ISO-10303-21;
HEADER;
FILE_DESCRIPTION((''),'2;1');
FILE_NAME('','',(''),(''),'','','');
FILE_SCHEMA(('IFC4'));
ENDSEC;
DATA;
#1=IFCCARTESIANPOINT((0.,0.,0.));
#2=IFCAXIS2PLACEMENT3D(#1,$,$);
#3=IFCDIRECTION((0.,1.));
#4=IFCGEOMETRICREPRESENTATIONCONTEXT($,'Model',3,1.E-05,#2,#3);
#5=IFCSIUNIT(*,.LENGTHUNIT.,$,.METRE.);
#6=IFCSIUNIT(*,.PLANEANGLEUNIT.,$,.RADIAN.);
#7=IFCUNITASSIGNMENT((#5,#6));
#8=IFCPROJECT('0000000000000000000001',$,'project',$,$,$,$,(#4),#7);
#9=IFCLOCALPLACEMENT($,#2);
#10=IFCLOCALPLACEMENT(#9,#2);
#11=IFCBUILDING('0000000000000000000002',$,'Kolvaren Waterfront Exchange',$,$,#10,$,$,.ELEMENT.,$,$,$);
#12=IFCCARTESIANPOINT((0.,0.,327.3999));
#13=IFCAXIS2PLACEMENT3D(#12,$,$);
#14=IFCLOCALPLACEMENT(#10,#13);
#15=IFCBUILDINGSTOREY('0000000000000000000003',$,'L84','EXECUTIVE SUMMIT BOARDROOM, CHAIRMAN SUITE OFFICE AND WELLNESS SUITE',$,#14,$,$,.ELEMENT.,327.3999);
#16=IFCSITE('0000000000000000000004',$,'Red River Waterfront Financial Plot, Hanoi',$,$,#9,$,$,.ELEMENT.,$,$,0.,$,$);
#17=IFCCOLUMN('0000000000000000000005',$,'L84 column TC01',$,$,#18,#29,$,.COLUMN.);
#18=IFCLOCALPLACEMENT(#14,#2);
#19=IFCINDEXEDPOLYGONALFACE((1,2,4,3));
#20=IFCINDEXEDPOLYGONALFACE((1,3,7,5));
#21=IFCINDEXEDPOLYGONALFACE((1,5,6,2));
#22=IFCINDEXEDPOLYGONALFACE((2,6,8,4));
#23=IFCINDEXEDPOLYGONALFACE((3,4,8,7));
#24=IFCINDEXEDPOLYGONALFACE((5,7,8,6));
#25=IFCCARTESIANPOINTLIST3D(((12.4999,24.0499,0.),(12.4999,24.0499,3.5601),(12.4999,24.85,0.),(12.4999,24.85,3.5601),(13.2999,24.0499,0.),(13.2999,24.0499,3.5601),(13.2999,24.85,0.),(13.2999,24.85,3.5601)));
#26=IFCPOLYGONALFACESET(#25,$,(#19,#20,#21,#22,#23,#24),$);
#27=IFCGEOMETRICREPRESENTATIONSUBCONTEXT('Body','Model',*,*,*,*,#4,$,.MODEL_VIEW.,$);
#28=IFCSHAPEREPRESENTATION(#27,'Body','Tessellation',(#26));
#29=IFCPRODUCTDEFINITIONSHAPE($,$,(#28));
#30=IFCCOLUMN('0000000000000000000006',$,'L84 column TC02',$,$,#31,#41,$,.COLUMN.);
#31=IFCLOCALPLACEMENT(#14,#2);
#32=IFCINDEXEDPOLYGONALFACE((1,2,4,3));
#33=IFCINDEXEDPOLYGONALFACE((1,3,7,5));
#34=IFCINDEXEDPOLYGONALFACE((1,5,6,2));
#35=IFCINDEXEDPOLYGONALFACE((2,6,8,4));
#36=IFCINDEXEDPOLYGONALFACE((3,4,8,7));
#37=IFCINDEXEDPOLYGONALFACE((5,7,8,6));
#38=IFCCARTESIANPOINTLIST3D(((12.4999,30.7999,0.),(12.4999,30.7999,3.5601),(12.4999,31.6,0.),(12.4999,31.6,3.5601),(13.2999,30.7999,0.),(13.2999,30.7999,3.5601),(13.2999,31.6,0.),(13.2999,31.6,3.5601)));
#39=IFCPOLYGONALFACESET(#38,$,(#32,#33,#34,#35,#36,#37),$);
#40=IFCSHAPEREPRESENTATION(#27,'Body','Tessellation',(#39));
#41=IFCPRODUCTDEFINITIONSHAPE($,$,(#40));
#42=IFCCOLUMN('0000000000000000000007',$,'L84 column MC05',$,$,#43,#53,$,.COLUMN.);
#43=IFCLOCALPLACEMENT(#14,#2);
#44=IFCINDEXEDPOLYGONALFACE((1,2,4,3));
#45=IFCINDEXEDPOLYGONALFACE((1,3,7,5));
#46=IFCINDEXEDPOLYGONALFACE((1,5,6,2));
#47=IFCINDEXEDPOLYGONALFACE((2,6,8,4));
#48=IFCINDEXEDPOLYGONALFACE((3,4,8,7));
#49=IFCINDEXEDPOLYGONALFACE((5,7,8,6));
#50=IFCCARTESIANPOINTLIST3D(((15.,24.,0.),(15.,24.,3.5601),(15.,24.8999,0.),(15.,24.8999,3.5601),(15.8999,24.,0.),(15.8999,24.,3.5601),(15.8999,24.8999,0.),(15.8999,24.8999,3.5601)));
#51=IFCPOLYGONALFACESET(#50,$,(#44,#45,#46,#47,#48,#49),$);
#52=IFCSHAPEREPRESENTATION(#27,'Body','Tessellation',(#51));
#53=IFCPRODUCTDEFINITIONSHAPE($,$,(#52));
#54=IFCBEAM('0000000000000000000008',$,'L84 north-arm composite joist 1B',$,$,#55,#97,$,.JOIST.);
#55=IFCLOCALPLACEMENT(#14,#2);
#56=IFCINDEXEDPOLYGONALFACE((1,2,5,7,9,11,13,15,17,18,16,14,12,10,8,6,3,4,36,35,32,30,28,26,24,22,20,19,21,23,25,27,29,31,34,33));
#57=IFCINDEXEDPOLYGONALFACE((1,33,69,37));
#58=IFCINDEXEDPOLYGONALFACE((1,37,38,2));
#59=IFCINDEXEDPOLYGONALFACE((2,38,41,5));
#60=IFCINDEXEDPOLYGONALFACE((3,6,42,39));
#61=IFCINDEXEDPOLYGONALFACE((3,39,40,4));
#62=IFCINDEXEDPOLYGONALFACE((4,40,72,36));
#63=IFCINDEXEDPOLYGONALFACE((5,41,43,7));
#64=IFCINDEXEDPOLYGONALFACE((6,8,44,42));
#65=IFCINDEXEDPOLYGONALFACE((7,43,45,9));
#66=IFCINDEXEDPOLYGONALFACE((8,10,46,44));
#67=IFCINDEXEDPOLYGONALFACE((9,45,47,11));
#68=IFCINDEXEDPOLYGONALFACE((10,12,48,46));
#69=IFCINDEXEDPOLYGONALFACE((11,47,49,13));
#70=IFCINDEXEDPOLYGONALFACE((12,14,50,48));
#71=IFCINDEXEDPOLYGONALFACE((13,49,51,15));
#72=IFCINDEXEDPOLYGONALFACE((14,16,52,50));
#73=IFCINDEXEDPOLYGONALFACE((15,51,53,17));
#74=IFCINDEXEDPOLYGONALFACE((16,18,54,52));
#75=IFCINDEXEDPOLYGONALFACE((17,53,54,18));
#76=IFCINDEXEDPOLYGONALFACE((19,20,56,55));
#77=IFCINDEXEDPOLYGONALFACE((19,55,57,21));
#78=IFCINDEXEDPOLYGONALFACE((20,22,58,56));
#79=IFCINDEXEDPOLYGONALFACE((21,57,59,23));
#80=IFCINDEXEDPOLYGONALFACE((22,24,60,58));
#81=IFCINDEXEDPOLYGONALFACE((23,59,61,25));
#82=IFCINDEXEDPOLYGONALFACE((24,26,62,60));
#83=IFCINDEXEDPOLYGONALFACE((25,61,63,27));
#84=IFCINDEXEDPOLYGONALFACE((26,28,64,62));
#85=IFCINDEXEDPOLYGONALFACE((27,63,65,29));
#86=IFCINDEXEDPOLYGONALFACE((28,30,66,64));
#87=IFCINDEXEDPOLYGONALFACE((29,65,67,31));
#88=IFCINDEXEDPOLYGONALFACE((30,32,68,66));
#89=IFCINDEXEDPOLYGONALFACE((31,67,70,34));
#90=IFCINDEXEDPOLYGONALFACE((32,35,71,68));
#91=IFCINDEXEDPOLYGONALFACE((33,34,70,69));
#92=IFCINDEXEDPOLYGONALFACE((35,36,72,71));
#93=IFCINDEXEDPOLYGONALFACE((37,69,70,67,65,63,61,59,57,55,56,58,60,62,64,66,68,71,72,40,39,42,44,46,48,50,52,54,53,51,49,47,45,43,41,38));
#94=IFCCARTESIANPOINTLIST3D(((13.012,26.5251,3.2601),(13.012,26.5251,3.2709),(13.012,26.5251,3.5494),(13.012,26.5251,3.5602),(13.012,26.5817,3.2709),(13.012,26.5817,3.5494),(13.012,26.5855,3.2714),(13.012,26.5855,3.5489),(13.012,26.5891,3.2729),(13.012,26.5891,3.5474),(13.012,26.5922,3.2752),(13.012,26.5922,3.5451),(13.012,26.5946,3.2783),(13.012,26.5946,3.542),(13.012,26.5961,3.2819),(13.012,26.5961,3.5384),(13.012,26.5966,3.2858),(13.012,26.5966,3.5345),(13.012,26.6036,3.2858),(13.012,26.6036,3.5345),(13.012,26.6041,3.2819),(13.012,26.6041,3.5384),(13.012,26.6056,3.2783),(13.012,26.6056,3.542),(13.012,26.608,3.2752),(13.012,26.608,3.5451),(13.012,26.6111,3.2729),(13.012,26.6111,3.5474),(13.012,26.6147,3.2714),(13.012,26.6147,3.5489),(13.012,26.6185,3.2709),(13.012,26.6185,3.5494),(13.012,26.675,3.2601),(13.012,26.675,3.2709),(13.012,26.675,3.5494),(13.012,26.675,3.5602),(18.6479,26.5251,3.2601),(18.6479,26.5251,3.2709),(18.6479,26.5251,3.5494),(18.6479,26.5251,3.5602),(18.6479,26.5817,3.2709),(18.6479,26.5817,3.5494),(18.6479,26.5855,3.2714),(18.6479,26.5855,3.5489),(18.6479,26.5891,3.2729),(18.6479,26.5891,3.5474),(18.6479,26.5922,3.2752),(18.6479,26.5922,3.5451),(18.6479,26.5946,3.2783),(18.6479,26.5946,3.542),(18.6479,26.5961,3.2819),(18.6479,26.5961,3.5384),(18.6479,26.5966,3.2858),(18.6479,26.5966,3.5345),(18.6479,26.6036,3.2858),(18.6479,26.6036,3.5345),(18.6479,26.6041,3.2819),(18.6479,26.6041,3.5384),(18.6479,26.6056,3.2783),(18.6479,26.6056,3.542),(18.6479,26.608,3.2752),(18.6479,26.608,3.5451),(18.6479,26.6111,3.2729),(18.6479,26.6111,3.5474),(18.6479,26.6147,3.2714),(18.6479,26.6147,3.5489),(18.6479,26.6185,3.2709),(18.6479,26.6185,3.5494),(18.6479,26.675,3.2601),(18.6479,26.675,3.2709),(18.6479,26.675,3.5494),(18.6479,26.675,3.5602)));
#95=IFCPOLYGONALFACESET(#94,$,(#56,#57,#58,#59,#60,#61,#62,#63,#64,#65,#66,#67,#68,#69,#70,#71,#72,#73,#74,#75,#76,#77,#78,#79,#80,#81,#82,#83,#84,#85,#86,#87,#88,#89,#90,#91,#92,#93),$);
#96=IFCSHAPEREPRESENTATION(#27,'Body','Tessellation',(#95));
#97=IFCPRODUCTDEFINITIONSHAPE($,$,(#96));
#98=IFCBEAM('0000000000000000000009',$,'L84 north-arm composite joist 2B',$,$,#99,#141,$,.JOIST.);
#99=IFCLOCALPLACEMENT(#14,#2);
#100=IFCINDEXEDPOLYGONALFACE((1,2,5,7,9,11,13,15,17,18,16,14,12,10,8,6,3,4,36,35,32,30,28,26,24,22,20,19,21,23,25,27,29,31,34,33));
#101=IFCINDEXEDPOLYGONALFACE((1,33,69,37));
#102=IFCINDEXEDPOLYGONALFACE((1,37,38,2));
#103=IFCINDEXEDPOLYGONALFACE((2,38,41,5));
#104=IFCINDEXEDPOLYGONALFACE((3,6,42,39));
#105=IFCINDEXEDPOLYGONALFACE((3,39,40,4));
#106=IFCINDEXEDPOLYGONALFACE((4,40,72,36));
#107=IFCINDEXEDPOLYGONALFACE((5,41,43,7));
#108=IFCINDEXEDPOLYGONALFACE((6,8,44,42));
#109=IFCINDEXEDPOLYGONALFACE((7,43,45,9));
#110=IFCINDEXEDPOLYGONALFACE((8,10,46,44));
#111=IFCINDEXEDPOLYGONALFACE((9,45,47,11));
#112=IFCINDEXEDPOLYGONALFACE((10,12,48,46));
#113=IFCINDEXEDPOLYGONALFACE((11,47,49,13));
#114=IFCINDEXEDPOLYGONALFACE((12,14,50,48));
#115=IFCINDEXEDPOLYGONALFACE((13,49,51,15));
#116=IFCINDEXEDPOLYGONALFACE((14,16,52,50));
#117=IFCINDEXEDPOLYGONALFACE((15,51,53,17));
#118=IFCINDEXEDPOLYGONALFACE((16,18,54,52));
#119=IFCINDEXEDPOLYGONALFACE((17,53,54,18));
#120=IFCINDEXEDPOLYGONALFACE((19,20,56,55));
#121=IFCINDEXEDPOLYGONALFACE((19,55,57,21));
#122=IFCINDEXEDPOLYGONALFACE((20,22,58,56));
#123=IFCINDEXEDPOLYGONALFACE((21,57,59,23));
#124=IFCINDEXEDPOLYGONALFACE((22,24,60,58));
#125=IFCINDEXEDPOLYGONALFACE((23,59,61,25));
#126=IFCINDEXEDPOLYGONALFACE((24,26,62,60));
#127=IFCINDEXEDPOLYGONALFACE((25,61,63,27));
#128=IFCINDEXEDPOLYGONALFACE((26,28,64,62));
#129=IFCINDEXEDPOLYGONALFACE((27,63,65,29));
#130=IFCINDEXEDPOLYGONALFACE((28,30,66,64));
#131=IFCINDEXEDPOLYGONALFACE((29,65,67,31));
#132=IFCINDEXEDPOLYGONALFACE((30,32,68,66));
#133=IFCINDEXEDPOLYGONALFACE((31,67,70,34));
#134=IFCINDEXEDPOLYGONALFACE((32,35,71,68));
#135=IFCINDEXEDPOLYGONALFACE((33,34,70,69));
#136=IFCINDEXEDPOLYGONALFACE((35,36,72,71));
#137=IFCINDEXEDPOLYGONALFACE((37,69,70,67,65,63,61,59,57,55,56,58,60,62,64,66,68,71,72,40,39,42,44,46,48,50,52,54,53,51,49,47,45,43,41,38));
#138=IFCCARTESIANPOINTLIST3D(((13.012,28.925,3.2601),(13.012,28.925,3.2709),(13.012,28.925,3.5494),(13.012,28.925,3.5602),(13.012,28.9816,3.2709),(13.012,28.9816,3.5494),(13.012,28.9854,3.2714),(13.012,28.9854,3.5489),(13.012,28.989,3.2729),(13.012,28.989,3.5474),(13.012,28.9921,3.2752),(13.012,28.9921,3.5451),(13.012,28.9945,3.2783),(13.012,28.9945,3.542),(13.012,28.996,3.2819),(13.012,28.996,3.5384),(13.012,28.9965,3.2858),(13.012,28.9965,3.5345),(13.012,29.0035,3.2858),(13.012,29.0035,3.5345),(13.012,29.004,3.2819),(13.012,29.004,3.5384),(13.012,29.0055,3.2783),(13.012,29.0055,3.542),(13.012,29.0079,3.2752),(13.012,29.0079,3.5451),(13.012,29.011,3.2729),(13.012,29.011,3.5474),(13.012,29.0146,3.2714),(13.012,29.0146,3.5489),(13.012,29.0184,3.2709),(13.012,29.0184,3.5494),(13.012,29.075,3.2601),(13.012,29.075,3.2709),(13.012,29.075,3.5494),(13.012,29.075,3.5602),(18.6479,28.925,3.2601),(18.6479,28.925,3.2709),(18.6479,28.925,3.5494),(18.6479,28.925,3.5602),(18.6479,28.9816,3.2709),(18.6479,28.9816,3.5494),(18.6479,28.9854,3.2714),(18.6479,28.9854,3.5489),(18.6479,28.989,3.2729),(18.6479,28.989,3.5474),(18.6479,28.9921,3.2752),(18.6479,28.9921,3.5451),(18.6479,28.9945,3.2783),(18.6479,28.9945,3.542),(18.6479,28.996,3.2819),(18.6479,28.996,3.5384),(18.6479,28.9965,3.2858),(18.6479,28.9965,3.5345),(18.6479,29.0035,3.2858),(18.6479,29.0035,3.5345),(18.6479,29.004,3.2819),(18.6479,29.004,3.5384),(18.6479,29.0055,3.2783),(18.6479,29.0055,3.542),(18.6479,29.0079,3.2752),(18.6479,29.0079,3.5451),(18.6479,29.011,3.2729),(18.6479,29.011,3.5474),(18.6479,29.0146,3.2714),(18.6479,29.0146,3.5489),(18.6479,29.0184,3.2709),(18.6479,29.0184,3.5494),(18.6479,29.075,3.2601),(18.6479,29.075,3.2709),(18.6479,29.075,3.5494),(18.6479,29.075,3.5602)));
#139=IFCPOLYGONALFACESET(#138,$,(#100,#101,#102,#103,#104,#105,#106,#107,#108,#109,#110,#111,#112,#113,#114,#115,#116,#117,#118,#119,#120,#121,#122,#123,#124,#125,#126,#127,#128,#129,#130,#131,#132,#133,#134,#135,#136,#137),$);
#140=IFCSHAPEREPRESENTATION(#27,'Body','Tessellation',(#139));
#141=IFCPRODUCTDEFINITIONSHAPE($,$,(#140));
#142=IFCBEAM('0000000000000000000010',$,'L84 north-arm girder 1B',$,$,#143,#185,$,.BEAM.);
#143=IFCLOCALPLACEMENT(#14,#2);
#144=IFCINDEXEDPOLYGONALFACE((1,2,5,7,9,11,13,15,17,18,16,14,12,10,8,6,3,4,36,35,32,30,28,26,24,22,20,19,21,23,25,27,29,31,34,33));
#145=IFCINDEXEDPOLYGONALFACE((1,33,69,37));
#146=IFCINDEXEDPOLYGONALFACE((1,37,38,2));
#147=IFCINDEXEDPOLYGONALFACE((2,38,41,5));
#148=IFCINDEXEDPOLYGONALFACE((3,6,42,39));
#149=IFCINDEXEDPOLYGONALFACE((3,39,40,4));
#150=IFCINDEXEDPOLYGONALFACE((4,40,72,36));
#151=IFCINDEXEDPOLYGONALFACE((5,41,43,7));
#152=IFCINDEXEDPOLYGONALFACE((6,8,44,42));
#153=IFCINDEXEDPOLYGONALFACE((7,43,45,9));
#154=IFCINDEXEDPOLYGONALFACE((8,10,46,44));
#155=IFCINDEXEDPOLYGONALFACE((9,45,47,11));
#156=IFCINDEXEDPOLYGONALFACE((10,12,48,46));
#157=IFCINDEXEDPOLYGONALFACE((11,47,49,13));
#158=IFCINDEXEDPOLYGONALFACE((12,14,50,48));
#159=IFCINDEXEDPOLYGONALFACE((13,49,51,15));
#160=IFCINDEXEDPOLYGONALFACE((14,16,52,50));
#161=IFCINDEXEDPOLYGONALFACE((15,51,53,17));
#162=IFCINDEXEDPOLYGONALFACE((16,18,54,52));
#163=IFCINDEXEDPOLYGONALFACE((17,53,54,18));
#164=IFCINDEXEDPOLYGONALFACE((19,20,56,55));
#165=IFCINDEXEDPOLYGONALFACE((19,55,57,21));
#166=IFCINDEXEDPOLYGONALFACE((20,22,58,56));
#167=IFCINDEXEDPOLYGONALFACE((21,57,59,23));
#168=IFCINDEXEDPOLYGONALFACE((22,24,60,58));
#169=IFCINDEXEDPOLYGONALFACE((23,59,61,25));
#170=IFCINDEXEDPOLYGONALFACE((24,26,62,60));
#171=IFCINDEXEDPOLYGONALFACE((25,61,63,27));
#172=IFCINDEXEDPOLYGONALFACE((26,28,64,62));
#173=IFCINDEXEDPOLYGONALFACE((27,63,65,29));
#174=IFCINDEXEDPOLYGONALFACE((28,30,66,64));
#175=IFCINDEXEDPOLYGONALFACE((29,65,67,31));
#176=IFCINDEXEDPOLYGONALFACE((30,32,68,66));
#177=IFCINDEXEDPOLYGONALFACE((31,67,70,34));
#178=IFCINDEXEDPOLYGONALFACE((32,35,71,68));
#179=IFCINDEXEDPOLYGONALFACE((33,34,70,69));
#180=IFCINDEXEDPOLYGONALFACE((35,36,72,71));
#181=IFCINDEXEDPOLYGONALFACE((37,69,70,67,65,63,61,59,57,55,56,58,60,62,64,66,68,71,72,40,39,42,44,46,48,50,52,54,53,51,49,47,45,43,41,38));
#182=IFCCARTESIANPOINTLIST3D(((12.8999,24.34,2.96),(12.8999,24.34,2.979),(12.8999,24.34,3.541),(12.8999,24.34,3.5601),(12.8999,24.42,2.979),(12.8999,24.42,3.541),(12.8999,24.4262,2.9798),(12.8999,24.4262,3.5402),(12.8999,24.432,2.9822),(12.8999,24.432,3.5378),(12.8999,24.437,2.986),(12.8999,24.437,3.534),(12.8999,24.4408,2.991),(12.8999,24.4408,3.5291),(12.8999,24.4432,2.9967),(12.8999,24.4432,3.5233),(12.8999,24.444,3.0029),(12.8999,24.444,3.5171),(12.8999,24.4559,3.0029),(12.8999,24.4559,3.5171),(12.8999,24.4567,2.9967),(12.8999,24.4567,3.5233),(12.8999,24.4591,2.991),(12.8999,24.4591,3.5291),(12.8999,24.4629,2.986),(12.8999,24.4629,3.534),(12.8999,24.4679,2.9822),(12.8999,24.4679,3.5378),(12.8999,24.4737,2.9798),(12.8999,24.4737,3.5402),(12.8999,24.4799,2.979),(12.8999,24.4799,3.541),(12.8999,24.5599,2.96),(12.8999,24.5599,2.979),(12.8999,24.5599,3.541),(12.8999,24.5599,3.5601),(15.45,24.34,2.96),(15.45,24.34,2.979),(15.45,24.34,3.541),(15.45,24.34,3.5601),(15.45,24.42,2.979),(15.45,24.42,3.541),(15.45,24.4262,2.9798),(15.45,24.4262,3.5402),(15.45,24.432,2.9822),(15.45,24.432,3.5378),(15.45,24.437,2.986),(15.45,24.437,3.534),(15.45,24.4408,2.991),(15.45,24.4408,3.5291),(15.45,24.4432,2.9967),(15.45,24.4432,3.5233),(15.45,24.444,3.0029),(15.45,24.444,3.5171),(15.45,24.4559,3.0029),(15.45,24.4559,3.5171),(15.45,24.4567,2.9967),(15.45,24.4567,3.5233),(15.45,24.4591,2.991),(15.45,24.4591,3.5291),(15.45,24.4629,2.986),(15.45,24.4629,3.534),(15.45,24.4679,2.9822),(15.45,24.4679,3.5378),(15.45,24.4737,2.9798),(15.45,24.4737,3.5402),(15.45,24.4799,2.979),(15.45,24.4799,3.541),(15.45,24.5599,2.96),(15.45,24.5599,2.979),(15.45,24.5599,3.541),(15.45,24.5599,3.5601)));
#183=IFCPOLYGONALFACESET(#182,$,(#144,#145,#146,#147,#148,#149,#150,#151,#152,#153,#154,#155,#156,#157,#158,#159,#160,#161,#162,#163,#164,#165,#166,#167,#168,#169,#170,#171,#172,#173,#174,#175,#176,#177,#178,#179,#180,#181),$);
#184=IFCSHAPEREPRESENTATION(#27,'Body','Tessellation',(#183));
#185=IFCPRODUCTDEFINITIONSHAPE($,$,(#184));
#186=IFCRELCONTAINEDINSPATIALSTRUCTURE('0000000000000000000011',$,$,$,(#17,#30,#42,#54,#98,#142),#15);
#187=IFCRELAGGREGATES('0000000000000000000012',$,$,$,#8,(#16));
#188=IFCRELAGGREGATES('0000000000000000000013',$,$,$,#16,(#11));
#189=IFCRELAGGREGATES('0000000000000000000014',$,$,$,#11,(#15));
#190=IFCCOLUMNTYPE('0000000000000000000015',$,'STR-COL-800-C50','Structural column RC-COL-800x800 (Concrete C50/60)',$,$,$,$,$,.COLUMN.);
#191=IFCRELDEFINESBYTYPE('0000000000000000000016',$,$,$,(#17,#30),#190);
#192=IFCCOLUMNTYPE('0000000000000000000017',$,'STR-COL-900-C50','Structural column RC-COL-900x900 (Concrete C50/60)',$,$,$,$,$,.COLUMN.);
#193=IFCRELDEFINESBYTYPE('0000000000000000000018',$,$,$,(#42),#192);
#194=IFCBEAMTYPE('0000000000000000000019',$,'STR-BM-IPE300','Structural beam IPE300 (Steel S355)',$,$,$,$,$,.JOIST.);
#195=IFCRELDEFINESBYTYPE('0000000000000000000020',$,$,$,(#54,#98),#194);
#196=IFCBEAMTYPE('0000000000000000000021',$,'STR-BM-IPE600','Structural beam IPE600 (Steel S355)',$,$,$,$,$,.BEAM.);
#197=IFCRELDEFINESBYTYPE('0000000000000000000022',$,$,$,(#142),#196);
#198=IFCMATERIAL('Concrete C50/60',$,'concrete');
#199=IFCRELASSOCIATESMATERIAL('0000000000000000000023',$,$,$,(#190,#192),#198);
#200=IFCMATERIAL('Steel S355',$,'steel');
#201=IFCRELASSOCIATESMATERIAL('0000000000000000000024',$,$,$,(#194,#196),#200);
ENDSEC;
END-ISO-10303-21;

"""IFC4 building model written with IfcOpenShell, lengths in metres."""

from ifc_helpers import new_model, si_unit, direction, frame, origin, origin_2d, place, context, subcontext, project, spatial, rectangle, i_section, extrude, material, material_profile, profile_set, type_object, element, save


model = new_model("IFC4")

# Units and contexts
model_context = context("Model", 3, precision=1e-05, world=origin(), true_north=direction((0.0, 1.0)))
body_context = subcontext(model_context, "Body", "Model", "MODEL_VIEW")
ifc_project = project(units=[si_unit("LENGTHUNIT", "METRE"), si_unit("PLANEANGLEUNIT", "RADIAN")], contexts=[model_context])

# Site, building, storey
site_placement = place(None, origin())
site = spatial("IfcSite", under=ifc_project, at=site_placement, Name="Red River Waterfront Financial Plot, Hanoi", CompositionType="ELEMENT", RefElevation=0.0)
building_placement = place(site_placement, origin())
building = spatial("IfcBuilding", under=site, at=building_placement, Name="Kolvaren Waterfront Exchange", CompositionType="ELEMENT")
storey_placement = place(building_placement, frame((0.0, 0.0, 327.3999)))
storey = spatial("IfcBuildingStorey", under=building, at=storey_placement, Name="L84", Description="EXECUTIVE SUMMIT BOARDROOM, CHAIRMAN SUITE OFFICE AND WELLNESS SUITE", CompositionType="ELEMENT", Elevation=327.3999)

# Columns
ifc_material_1 = material(Name="Concrete C50/60", Category="concrete")
ifc_material_profile_1 = material_profile(ifc_material_1, rectangle(XDim=0.8, YDim=0.8, at=origin_2d()), Name="RC-COL-800x800")
ifc_profile_set_1 = profile_set([ifc_material_profile_1], Name="Concrete C50/60")
column_type_1 = type_object("IfcColumnType", Name="STR-COL-800-C50", Description="Structural column RC-COL-800x800 (Concrete C50/60)", PredefinedType="COLUMN", material=ifc_profile_set_1)
for number, where, z_axis, x_axis, name in (
    (1, (12.8999, 24.45, 0.0), (0.0, 0.0, 1.0), (1.0, 0.0, 0.0), "L84 column TC01"),
    (2, (12.8999, 31.2, 0.0), (0.0, 0.0, 1.0), (1.0, 0.0, 0.0), "L84 column TC02"),
):
    element("IfcColumn", number, at=place(storey_placement, frame(where, z_axis=z_axis, x_axis=x_axis)), inside=storey, type_object=column_type_1, Name=name, PredefinedType="COLUMN", context=body_context, shape_type="SweptSolid", body=[
        extrude(rectangle(XDim=0.8, YDim=0.8, at=origin_2d()), origin(), (0.0, 0.0, 1.0), 3.5601),
    ])
ifc_material_profile_2 = material_profile(ifc_material_1, rectangle(XDim=0.8999, YDim=0.8999, at=origin_2d()), Name="RC-COL-900x900")
ifc_profile_set_2 = profile_set([ifc_material_profile_2], Name="Concrete C50/60")
column_type_2 = type_object("IfcColumnType", Name="STR-COL-900-C50", Description="Structural column RC-COL-900x900 (Concrete C50/60)", PredefinedType="COLUMN", material=ifc_profile_set_2)
column_placement = place(storey_placement, frame((15.45, 24.45, 0.0), z_axis=(0.0, 0.0, 1.0), x_axis=(1.0, 0.0, 0.0)))
element("IfcColumn", 3, at=column_placement, inside=storey, type_object=column_type_2, Name="L84 column MC05", PredefinedType="COLUMN", context=body_context, shape_type="SweptSolid", body=[
    extrude(rectangle(XDim=0.8999, YDim=0.8999, at=origin_2d()), origin(), (0.0, 0.0, 1.0), 3.5601),
])

# Beams
ifc_material_2 = material(Name="Steel S355", Category="steel")
ifc_material_profile_3 = material_profile(ifc_material_2, i_section(OverallWidth=0.1499, OverallDepth=0.3, WebThickness=0.0071, FlangeThickness=0.0107, FilletRadius=0.0149, at=origin_2d()), Name="IPE300")
ifc_profile_set_3 = profile_set([ifc_material_profile_3], Name="Steel S355")
beam_type_1 = type_object("IfcBeamType", Name="STR-BM-IPE300", Description="Structural beam IPE300 (Steel S355)", PredefinedType="JOIST", material=ifc_profile_set_3)
for number, where, z_axis, x_axis, name in (
    (4, (13.012, 26.6001, 3.4102), (1.0, 0.0, 0.0), (0.0, 1.0, 0.0), "L84 north-arm composite joist 1B"),
    (5, (13.012, 29.0, 3.4102), (1.0, 0.0, 0.0), (0.0, 1.0, 0.0), "L84 north-arm composite joist 2B"),
):
    element("IfcBeam", number, at=place(storey_placement, frame(where, z_axis=z_axis, x_axis=x_axis)), inside=storey, type_object=beam_type_1, Name=name, PredefinedType="JOIST", context=body_context, shape_type="SweptSolid", body=[
        extrude(i_section(OverallWidth=0.1499, OverallDepth=0.3, WebThickness=0.0071, FlangeThickness=0.0107, FilletRadius=0.0149, at=origin_2d()), origin(), (0.0, 0.0, 1.0), 5.636),
    ])
ifc_material_profile_4 = material_profile(ifc_material_2, i_section(OverallWidth=0.22, OverallDepth=0.6001, WebThickness=0.012, FlangeThickness=0.019, FilletRadius=0.0239, at=origin_2d()), Name="IPE600")
ifc_profile_set_4 = profile_set([ifc_material_profile_4], Name="Steel S355")
beam_type_2 = type_object("IfcBeamType", Name="STR-BM-IPE600", Description="Structural beam IPE600 (Steel S355)", PredefinedType="BEAM", material=ifc_profile_set_4)
beam_1_placement = place(storey_placement, frame((12.8999, 24.45, 3.26), z_axis=(1.0, 0.0, 0.0), x_axis=(0.0, 1.0, 0.0)))
element("IfcBeam", 6, at=beam_1_placement, inside=storey, type_object=beam_type_2, Name="L84 north-arm girder 1B", PredefinedType="BEAM", context=body_context, shape_type="SweptSolid", body=[
    extrude(i_section(OverallWidth=0.22, OverallDepth=0.6001, WebThickness=0.012, FlangeThickness=0.019, FilletRadius=0.0239, at=origin_2d()), origin(), (0.0, 0.0, 1.0), 2.55),
])

save(model, "model.ifc")
